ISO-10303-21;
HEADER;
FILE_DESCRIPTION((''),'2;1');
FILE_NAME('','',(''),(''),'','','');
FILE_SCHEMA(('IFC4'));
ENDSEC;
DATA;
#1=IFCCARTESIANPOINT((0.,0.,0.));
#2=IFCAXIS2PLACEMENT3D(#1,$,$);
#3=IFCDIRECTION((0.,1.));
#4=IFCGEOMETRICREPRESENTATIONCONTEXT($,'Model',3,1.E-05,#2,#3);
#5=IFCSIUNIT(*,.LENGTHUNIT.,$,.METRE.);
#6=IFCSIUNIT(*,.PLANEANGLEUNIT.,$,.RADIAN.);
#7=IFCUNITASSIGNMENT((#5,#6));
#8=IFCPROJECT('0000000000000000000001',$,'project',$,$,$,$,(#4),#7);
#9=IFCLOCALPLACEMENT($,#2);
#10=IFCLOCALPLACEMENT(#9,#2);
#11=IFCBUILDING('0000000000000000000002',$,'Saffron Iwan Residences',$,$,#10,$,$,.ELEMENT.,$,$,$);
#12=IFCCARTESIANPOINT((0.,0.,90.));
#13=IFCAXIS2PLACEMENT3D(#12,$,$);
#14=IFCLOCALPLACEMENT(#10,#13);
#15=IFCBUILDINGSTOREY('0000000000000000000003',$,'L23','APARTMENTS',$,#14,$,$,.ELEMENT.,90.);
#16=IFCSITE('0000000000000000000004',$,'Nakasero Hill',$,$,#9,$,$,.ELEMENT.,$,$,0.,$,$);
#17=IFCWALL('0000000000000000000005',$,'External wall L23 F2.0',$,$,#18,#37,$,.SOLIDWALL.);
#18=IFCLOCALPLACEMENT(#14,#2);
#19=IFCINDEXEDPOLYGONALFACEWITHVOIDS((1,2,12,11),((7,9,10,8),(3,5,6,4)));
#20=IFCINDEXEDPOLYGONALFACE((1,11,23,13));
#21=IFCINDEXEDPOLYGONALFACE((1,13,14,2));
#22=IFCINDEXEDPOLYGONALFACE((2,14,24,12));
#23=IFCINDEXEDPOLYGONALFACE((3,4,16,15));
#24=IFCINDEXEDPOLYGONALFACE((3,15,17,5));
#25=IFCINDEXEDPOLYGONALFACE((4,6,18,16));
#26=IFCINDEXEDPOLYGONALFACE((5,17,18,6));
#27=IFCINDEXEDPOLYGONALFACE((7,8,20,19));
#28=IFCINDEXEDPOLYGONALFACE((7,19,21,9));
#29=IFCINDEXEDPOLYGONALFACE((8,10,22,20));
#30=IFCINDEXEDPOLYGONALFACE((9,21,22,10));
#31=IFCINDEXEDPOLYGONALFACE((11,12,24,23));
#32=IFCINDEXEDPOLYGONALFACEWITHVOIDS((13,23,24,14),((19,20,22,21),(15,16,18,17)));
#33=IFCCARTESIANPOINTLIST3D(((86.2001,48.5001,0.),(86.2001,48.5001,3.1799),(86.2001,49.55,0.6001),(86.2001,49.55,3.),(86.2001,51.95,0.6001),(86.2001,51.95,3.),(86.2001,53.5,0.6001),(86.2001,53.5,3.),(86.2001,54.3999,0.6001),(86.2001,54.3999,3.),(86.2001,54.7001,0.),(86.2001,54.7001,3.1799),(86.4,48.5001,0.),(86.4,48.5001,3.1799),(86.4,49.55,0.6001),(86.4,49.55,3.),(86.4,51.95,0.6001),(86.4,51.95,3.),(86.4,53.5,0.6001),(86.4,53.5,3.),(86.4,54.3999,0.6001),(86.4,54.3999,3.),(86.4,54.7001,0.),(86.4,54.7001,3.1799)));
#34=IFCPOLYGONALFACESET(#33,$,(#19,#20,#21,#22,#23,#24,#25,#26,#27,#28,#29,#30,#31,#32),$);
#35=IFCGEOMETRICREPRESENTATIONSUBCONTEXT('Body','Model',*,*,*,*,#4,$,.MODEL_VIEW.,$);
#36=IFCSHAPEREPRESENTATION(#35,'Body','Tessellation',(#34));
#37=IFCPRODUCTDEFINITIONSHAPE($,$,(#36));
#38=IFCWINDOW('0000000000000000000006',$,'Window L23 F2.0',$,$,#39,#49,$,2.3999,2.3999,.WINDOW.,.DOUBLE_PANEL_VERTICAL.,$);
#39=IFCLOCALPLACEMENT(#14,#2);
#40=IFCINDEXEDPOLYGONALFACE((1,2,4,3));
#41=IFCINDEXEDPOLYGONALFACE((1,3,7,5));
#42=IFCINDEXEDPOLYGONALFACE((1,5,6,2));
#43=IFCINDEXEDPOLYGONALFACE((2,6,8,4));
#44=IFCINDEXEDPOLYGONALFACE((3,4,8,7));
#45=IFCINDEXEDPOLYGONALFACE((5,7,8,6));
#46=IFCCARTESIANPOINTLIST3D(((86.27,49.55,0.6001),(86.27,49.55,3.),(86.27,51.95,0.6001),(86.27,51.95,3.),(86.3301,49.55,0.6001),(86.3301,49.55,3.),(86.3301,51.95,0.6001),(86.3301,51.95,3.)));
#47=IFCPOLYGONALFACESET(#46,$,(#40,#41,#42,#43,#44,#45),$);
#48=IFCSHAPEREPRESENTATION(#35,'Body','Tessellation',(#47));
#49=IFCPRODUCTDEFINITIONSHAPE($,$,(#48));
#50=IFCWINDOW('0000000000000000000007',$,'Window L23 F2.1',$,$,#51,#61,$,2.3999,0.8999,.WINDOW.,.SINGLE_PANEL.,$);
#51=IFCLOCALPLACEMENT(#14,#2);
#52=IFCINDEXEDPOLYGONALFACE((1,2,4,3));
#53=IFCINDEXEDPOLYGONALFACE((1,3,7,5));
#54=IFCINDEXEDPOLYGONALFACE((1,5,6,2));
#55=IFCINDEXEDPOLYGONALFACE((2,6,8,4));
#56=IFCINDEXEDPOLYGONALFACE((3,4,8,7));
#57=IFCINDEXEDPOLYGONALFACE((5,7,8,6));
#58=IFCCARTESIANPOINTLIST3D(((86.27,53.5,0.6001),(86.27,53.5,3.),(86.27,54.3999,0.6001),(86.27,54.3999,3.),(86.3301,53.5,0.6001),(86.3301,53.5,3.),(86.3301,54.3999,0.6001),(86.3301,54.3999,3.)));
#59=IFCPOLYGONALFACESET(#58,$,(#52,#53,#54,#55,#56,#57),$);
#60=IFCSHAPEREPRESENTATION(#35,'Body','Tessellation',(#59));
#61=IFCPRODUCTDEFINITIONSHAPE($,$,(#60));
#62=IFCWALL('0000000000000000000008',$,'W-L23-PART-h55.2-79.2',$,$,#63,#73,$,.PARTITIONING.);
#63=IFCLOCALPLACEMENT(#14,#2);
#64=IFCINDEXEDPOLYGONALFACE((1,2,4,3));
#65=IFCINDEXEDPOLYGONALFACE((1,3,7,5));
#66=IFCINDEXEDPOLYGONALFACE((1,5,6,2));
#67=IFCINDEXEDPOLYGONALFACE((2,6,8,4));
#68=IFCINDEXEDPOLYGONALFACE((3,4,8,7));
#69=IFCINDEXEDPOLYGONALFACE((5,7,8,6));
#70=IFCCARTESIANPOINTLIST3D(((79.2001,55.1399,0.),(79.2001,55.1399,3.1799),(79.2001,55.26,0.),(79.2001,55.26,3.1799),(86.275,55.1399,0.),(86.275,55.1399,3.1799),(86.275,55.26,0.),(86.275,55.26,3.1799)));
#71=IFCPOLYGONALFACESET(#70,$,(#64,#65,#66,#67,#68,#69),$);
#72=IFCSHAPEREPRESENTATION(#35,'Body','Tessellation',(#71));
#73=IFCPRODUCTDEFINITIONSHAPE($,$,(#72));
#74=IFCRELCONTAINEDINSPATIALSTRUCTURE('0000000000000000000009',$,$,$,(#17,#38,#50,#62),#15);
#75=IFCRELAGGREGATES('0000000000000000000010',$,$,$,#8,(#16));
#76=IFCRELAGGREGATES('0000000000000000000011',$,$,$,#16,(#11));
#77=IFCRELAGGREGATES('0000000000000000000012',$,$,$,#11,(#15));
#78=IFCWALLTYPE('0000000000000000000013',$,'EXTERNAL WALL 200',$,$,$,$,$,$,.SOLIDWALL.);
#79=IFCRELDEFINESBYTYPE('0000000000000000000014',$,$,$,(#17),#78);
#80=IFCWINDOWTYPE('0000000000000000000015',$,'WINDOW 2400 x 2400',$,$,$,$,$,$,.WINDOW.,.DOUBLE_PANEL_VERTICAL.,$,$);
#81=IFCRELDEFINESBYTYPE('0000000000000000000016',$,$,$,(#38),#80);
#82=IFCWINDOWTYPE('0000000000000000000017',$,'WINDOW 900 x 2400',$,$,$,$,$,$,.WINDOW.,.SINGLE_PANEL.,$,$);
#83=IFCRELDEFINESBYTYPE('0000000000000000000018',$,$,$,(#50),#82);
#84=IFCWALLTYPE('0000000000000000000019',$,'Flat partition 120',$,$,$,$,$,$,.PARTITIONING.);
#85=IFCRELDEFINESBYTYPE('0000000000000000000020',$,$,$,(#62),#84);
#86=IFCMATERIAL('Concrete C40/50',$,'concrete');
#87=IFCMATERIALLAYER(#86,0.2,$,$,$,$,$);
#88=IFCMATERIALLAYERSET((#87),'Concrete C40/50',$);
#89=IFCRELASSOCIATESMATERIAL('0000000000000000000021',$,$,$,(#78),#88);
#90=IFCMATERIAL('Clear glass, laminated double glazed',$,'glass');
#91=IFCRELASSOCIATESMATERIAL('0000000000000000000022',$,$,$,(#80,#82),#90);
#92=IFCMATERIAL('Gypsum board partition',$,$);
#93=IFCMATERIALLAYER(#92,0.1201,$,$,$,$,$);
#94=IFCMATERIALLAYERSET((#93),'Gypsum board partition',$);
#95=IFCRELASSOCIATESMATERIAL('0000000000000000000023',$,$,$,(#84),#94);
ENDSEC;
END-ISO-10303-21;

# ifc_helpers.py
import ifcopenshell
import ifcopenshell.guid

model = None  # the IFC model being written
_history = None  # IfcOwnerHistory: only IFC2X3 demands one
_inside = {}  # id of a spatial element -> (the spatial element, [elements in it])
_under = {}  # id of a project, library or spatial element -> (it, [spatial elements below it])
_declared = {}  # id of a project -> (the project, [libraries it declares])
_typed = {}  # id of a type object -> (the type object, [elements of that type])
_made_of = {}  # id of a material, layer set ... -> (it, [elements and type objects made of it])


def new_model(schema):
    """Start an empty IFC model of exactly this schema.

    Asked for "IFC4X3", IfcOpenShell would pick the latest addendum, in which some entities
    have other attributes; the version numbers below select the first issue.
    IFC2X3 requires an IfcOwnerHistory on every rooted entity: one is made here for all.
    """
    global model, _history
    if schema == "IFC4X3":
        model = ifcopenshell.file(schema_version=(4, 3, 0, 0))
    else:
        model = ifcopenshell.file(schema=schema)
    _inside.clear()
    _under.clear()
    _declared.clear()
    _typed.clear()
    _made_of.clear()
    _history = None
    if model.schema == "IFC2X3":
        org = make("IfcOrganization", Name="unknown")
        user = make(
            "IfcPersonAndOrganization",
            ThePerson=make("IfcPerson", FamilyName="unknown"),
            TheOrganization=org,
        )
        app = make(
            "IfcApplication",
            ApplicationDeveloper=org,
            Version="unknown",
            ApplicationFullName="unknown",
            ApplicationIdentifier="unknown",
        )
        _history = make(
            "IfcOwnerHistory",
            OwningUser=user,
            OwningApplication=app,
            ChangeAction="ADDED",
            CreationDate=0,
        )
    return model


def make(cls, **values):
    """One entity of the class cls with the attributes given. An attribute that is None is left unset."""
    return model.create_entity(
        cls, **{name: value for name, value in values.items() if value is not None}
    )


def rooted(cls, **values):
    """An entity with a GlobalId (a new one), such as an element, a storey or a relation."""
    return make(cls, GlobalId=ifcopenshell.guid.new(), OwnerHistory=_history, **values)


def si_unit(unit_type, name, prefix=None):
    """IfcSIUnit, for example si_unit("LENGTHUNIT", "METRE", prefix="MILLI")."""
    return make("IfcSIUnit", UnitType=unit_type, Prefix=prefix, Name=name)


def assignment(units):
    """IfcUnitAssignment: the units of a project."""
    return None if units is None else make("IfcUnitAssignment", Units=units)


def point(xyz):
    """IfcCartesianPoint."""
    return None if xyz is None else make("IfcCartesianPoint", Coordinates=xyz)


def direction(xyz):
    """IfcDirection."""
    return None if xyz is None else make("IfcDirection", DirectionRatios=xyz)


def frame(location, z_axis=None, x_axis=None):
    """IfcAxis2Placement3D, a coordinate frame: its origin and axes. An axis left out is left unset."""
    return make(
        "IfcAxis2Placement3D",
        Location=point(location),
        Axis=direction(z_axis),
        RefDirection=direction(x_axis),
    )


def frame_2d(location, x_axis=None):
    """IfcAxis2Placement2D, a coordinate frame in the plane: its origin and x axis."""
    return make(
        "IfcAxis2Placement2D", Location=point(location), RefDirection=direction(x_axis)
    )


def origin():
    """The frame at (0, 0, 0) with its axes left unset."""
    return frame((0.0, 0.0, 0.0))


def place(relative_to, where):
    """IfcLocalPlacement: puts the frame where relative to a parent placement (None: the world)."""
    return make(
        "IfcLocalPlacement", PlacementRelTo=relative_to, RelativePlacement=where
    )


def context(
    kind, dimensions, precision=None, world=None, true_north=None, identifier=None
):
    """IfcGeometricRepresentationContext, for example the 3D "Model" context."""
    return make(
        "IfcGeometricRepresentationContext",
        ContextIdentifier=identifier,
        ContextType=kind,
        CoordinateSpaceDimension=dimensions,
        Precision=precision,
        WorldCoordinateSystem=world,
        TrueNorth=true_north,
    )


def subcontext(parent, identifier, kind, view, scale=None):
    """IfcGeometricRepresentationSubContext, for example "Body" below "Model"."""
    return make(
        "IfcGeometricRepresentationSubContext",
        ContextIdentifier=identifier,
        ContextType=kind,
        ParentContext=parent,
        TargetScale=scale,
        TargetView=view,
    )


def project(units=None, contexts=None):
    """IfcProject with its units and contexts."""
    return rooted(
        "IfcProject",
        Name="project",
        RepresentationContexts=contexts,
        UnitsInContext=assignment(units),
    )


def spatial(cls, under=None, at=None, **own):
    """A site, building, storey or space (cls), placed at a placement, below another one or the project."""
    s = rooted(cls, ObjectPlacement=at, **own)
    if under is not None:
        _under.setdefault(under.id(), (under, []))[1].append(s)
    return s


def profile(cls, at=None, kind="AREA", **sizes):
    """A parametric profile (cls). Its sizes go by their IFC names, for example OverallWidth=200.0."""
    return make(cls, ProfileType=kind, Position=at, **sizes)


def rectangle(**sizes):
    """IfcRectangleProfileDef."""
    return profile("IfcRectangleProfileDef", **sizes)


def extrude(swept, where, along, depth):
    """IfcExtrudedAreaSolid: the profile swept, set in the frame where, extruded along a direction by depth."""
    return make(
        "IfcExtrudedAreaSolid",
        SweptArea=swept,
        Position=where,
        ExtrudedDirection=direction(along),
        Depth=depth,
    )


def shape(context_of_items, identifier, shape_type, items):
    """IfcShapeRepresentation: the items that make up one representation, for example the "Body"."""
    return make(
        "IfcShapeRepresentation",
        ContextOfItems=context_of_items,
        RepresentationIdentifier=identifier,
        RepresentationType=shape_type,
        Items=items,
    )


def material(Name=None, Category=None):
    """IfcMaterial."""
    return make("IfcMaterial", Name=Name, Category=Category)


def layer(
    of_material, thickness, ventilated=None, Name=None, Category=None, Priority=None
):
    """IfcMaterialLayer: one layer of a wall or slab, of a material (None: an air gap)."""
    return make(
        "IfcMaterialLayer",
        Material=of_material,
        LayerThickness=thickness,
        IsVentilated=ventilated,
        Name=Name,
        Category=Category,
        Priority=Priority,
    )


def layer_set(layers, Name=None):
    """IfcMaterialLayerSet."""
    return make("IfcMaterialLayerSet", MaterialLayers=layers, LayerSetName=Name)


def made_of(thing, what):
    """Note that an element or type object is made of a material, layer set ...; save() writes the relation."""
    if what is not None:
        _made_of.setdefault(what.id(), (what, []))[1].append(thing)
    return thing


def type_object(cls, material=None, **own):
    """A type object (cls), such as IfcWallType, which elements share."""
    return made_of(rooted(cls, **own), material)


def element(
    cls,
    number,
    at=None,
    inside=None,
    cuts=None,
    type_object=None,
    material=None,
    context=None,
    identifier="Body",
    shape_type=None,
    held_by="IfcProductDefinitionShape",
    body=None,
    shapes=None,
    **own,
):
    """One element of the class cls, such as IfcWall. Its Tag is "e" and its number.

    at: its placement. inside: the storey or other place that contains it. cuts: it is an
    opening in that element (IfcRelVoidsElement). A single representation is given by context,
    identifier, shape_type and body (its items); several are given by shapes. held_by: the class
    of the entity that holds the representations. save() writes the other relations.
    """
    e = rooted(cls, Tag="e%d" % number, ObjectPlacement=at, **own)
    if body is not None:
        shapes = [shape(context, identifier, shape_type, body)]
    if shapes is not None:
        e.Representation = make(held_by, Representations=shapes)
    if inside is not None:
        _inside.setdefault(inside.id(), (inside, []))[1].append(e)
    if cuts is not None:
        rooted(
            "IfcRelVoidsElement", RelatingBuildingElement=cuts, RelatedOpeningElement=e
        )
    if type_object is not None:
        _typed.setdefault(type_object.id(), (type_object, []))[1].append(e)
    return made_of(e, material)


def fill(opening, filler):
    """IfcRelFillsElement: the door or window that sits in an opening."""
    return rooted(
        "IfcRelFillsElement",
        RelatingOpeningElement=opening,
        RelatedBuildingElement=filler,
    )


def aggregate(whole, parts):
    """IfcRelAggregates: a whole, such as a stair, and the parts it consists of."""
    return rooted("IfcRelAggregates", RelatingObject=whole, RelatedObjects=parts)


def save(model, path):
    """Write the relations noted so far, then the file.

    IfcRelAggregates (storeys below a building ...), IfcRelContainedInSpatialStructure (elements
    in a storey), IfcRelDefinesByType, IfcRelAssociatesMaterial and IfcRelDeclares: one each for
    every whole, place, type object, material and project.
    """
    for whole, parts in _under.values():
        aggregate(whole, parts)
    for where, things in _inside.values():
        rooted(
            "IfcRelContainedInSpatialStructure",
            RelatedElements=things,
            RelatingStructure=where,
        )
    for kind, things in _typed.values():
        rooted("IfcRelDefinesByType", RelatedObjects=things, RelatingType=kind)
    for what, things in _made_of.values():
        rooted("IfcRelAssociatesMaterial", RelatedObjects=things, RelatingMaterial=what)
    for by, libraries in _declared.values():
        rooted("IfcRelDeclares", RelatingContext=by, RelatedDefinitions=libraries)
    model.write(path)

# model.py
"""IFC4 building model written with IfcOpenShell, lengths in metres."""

from ifc_helpers import new_model, si_unit, direction, frame, frame_2d, origin, place, context, subcontext, project, spatial, rectangle, extrude, material, layer, layer_set, type_object, element, fill, save


model = new_model("IFC4")

# Units and contexts
model_context = context("Model", 3, precision=1e-05, world=origin(), true_north=direction((0.0, 1.0)))
body_context = subcontext(model_context, "Body", "Model", "MODEL_VIEW")
ifc_project = project(units=[si_unit("LENGTHUNIT", "METRE"), si_unit("PLANEANGLEUNIT", "RADIAN")], contexts=[model_context])

# Site, building, storey
site_placement = place(None, origin())
site = spatial("IfcSite", under=ifc_project, at=site_placement, Name="Nakasero Hill", CompositionType="ELEMENT", RefElevation=0.0)
building_placement = place(site_placement, origin())
building = spatial("IfcBuilding", under=site, at=building_placement, Name="Saffron Iwan Residences", CompositionType="ELEMENT")
storey_placement = place(building_placement, frame((0.0, 0.0, 90.0)))
storey = spatial("IfcBuildingStorey", under=building, at=storey_placement, Name="L23", Description="APARTMENTS", CompositionType="ELEMENT", Elevation=90.0)

# Shared definitions
ifc_material_1 = material(Name="Concrete C40/50", Category="concrete")
ifc_layer_1 = layer(ifc_material_1, 0.2)
ifc_layer_set_1 = layer_set([ifc_layer_1], Name="Concrete C40/50")
wall_type_1 = type_object("IfcWallType", Name="EXTERNAL WALL 200", PredefinedType="SOLIDWALL", material=ifc_layer_set_1)
ifc_material_2 = material(Name="Clear glass, laminated double glazed", Category="glass")
window_type_1 = type_object("IfcWindowType", Name="WINDOW 2400 x 2400", PartitioningType="DOUBLE_PANEL_VERTICAL", PredefinedType="WINDOW", material=ifc_material_2)

# Wall, openings, windows
wall_1_placement = place(storey_placement, frame((86.3, 48.5, 0.0), z_axis=(0.0, 0.0, 1.0), x_axis=(0.0, 1.0, 0.0)))
wall_1 = element("IfcWall", 1, at=wall_1_placement, inside=storey, type_object=wall_type_1, Name="External wall L23 F2.0", PredefinedType="SOLIDWALL", context=body_context, shape_type="SweptSolid", body=[
    extrude(rectangle(XDim=6.2, YDim=0.2, at=frame_2d((3.1001, 0.0))), origin(), (0.0, 0.0, 1.0), 3.1799),
])
opening_1_placement = place(wall_1_placement, frame((1.05, 0.0, 0.6001)))
opening_1 = element("IfcOpeningElement", 2, at=opening_1_placement, cuts=wall_1, PredefinedType="OPENING", context=body_context, shape_type="SweptSolid", body=[
    extrude(rectangle(XDim=2.3999, YDim=2.3999, at=frame_2d((1.2, 1.2))), frame((0.0, 0.1099, 0.0), z_axis=(0.0, -1.0, 0.0), x_axis=(1.0, 0.0, 0.0)), (0.0, 0.0, 1.0), 0.22),
])
opening_2_placement = place(wall_1_placement, frame((5.0, 0.0, 0.6001)))
opening_2 = element("IfcOpeningElement", 3, at=opening_2_placement, cuts=wall_1, PredefinedType="OPENING", context=body_context, shape_type="SweptSolid", body=[
    extrude(rectangle(XDim=0.8999, YDim=2.3999, at=frame_2d((0.45, 1.2))), frame((0.0, 0.1099, 0.0), z_axis=(0.0, -1.0, 0.0), x_axis=(1.0, 0.0, 0.0)), (0.0, 0.0, 1.0), 0.22),
])
window_1_placement = place(opening_1_placement, origin())
window_1 = element("IfcWindow", 4, at=window_1_placement, inside=storey, type_object=window_type_1, Name="Window L23 F2.0", OverallHeight=2.3999, OverallWidth=2.3999, PartitioningType="DOUBLE_PANEL_VERTICAL", PredefinedType="WINDOW", context=body_context, shape_type="SweptSolid", body=[
    extrude(rectangle(XDim=2.3999, YDim=2.3999, at=frame_2d((1.2, 1.2))), frame((0.0, 0.03, 0.0), z_axis=(0.0, -1.0, 0.0), x_axis=(1.0, 0.0, 0.0)), (0.0, 0.0, 1.0), 0.0601),
])
fill(opening_1, window_1)
window_type_2 = type_object("IfcWindowType", Name="WINDOW 900 x 2400", PartitioningType="SINGLE_PANEL", PredefinedType="WINDOW", material=ifc_material_2)
window_2_placement = place(opening_2_placement, origin())
window_2 = element("IfcWindow", 5, at=window_2_placement, inside=storey, type_object=window_type_2, Name="Window L23 F2.1", OverallHeight=2.3999, OverallWidth=0.8999, PartitioningType="SINGLE_PANEL", PredefinedType="WINDOW", context=body_context, shape_type="SweptSolid", body=[
    extrude(rectangle(XDim=0.8999, YDim=2.3999, at=frame_2d((0.45, 1.2))), frame((0.0, 0.03, 0.0), z_axis=(0.0, -1.0, 0.0), x_axis=(1.0, 0.0, 0.0)), (0.0, 0.0, 1.0), 0.0601),
])
fill(opening_2, window_2)

# Wall
ifc_material_3 = material(Name="Gypsum board partition")
ifc_layer_2 = layer(ifc_material_3, 0.1201)
ifc_layer_set_2 = layer_set([ifc_layer_2], Name="Gypsum board partition")
wall_type_2 = type_object("IfcWallType", Name="Flat partition 120", PredefinedType="PARTITIONING", material=ifc_layer_set_2)
wall_2_placement = place(storey_placement, frame((79.2, 55.2, 0.0), z_axis=(0.0, 0.0, 1.0), x_axis=(1.0, 0.0, 0.0)))
element("IfcWall", 6, at=wall_2_placement, inside=storey, type_object=wall_type_2, Name="W-L23-PART-h55.2-79.2", PredefinedType="PARTITIONING", context=body_context, shape_type="SweptSolid", body=[
    extrude(rectangle(XDim=7.075, YDim=0.1201, at=frame_2d((3.5376, 0.0))), origin(), (0.0, 0.0, 1.0), 3.1799),
])

save(model, "model.ifc")
